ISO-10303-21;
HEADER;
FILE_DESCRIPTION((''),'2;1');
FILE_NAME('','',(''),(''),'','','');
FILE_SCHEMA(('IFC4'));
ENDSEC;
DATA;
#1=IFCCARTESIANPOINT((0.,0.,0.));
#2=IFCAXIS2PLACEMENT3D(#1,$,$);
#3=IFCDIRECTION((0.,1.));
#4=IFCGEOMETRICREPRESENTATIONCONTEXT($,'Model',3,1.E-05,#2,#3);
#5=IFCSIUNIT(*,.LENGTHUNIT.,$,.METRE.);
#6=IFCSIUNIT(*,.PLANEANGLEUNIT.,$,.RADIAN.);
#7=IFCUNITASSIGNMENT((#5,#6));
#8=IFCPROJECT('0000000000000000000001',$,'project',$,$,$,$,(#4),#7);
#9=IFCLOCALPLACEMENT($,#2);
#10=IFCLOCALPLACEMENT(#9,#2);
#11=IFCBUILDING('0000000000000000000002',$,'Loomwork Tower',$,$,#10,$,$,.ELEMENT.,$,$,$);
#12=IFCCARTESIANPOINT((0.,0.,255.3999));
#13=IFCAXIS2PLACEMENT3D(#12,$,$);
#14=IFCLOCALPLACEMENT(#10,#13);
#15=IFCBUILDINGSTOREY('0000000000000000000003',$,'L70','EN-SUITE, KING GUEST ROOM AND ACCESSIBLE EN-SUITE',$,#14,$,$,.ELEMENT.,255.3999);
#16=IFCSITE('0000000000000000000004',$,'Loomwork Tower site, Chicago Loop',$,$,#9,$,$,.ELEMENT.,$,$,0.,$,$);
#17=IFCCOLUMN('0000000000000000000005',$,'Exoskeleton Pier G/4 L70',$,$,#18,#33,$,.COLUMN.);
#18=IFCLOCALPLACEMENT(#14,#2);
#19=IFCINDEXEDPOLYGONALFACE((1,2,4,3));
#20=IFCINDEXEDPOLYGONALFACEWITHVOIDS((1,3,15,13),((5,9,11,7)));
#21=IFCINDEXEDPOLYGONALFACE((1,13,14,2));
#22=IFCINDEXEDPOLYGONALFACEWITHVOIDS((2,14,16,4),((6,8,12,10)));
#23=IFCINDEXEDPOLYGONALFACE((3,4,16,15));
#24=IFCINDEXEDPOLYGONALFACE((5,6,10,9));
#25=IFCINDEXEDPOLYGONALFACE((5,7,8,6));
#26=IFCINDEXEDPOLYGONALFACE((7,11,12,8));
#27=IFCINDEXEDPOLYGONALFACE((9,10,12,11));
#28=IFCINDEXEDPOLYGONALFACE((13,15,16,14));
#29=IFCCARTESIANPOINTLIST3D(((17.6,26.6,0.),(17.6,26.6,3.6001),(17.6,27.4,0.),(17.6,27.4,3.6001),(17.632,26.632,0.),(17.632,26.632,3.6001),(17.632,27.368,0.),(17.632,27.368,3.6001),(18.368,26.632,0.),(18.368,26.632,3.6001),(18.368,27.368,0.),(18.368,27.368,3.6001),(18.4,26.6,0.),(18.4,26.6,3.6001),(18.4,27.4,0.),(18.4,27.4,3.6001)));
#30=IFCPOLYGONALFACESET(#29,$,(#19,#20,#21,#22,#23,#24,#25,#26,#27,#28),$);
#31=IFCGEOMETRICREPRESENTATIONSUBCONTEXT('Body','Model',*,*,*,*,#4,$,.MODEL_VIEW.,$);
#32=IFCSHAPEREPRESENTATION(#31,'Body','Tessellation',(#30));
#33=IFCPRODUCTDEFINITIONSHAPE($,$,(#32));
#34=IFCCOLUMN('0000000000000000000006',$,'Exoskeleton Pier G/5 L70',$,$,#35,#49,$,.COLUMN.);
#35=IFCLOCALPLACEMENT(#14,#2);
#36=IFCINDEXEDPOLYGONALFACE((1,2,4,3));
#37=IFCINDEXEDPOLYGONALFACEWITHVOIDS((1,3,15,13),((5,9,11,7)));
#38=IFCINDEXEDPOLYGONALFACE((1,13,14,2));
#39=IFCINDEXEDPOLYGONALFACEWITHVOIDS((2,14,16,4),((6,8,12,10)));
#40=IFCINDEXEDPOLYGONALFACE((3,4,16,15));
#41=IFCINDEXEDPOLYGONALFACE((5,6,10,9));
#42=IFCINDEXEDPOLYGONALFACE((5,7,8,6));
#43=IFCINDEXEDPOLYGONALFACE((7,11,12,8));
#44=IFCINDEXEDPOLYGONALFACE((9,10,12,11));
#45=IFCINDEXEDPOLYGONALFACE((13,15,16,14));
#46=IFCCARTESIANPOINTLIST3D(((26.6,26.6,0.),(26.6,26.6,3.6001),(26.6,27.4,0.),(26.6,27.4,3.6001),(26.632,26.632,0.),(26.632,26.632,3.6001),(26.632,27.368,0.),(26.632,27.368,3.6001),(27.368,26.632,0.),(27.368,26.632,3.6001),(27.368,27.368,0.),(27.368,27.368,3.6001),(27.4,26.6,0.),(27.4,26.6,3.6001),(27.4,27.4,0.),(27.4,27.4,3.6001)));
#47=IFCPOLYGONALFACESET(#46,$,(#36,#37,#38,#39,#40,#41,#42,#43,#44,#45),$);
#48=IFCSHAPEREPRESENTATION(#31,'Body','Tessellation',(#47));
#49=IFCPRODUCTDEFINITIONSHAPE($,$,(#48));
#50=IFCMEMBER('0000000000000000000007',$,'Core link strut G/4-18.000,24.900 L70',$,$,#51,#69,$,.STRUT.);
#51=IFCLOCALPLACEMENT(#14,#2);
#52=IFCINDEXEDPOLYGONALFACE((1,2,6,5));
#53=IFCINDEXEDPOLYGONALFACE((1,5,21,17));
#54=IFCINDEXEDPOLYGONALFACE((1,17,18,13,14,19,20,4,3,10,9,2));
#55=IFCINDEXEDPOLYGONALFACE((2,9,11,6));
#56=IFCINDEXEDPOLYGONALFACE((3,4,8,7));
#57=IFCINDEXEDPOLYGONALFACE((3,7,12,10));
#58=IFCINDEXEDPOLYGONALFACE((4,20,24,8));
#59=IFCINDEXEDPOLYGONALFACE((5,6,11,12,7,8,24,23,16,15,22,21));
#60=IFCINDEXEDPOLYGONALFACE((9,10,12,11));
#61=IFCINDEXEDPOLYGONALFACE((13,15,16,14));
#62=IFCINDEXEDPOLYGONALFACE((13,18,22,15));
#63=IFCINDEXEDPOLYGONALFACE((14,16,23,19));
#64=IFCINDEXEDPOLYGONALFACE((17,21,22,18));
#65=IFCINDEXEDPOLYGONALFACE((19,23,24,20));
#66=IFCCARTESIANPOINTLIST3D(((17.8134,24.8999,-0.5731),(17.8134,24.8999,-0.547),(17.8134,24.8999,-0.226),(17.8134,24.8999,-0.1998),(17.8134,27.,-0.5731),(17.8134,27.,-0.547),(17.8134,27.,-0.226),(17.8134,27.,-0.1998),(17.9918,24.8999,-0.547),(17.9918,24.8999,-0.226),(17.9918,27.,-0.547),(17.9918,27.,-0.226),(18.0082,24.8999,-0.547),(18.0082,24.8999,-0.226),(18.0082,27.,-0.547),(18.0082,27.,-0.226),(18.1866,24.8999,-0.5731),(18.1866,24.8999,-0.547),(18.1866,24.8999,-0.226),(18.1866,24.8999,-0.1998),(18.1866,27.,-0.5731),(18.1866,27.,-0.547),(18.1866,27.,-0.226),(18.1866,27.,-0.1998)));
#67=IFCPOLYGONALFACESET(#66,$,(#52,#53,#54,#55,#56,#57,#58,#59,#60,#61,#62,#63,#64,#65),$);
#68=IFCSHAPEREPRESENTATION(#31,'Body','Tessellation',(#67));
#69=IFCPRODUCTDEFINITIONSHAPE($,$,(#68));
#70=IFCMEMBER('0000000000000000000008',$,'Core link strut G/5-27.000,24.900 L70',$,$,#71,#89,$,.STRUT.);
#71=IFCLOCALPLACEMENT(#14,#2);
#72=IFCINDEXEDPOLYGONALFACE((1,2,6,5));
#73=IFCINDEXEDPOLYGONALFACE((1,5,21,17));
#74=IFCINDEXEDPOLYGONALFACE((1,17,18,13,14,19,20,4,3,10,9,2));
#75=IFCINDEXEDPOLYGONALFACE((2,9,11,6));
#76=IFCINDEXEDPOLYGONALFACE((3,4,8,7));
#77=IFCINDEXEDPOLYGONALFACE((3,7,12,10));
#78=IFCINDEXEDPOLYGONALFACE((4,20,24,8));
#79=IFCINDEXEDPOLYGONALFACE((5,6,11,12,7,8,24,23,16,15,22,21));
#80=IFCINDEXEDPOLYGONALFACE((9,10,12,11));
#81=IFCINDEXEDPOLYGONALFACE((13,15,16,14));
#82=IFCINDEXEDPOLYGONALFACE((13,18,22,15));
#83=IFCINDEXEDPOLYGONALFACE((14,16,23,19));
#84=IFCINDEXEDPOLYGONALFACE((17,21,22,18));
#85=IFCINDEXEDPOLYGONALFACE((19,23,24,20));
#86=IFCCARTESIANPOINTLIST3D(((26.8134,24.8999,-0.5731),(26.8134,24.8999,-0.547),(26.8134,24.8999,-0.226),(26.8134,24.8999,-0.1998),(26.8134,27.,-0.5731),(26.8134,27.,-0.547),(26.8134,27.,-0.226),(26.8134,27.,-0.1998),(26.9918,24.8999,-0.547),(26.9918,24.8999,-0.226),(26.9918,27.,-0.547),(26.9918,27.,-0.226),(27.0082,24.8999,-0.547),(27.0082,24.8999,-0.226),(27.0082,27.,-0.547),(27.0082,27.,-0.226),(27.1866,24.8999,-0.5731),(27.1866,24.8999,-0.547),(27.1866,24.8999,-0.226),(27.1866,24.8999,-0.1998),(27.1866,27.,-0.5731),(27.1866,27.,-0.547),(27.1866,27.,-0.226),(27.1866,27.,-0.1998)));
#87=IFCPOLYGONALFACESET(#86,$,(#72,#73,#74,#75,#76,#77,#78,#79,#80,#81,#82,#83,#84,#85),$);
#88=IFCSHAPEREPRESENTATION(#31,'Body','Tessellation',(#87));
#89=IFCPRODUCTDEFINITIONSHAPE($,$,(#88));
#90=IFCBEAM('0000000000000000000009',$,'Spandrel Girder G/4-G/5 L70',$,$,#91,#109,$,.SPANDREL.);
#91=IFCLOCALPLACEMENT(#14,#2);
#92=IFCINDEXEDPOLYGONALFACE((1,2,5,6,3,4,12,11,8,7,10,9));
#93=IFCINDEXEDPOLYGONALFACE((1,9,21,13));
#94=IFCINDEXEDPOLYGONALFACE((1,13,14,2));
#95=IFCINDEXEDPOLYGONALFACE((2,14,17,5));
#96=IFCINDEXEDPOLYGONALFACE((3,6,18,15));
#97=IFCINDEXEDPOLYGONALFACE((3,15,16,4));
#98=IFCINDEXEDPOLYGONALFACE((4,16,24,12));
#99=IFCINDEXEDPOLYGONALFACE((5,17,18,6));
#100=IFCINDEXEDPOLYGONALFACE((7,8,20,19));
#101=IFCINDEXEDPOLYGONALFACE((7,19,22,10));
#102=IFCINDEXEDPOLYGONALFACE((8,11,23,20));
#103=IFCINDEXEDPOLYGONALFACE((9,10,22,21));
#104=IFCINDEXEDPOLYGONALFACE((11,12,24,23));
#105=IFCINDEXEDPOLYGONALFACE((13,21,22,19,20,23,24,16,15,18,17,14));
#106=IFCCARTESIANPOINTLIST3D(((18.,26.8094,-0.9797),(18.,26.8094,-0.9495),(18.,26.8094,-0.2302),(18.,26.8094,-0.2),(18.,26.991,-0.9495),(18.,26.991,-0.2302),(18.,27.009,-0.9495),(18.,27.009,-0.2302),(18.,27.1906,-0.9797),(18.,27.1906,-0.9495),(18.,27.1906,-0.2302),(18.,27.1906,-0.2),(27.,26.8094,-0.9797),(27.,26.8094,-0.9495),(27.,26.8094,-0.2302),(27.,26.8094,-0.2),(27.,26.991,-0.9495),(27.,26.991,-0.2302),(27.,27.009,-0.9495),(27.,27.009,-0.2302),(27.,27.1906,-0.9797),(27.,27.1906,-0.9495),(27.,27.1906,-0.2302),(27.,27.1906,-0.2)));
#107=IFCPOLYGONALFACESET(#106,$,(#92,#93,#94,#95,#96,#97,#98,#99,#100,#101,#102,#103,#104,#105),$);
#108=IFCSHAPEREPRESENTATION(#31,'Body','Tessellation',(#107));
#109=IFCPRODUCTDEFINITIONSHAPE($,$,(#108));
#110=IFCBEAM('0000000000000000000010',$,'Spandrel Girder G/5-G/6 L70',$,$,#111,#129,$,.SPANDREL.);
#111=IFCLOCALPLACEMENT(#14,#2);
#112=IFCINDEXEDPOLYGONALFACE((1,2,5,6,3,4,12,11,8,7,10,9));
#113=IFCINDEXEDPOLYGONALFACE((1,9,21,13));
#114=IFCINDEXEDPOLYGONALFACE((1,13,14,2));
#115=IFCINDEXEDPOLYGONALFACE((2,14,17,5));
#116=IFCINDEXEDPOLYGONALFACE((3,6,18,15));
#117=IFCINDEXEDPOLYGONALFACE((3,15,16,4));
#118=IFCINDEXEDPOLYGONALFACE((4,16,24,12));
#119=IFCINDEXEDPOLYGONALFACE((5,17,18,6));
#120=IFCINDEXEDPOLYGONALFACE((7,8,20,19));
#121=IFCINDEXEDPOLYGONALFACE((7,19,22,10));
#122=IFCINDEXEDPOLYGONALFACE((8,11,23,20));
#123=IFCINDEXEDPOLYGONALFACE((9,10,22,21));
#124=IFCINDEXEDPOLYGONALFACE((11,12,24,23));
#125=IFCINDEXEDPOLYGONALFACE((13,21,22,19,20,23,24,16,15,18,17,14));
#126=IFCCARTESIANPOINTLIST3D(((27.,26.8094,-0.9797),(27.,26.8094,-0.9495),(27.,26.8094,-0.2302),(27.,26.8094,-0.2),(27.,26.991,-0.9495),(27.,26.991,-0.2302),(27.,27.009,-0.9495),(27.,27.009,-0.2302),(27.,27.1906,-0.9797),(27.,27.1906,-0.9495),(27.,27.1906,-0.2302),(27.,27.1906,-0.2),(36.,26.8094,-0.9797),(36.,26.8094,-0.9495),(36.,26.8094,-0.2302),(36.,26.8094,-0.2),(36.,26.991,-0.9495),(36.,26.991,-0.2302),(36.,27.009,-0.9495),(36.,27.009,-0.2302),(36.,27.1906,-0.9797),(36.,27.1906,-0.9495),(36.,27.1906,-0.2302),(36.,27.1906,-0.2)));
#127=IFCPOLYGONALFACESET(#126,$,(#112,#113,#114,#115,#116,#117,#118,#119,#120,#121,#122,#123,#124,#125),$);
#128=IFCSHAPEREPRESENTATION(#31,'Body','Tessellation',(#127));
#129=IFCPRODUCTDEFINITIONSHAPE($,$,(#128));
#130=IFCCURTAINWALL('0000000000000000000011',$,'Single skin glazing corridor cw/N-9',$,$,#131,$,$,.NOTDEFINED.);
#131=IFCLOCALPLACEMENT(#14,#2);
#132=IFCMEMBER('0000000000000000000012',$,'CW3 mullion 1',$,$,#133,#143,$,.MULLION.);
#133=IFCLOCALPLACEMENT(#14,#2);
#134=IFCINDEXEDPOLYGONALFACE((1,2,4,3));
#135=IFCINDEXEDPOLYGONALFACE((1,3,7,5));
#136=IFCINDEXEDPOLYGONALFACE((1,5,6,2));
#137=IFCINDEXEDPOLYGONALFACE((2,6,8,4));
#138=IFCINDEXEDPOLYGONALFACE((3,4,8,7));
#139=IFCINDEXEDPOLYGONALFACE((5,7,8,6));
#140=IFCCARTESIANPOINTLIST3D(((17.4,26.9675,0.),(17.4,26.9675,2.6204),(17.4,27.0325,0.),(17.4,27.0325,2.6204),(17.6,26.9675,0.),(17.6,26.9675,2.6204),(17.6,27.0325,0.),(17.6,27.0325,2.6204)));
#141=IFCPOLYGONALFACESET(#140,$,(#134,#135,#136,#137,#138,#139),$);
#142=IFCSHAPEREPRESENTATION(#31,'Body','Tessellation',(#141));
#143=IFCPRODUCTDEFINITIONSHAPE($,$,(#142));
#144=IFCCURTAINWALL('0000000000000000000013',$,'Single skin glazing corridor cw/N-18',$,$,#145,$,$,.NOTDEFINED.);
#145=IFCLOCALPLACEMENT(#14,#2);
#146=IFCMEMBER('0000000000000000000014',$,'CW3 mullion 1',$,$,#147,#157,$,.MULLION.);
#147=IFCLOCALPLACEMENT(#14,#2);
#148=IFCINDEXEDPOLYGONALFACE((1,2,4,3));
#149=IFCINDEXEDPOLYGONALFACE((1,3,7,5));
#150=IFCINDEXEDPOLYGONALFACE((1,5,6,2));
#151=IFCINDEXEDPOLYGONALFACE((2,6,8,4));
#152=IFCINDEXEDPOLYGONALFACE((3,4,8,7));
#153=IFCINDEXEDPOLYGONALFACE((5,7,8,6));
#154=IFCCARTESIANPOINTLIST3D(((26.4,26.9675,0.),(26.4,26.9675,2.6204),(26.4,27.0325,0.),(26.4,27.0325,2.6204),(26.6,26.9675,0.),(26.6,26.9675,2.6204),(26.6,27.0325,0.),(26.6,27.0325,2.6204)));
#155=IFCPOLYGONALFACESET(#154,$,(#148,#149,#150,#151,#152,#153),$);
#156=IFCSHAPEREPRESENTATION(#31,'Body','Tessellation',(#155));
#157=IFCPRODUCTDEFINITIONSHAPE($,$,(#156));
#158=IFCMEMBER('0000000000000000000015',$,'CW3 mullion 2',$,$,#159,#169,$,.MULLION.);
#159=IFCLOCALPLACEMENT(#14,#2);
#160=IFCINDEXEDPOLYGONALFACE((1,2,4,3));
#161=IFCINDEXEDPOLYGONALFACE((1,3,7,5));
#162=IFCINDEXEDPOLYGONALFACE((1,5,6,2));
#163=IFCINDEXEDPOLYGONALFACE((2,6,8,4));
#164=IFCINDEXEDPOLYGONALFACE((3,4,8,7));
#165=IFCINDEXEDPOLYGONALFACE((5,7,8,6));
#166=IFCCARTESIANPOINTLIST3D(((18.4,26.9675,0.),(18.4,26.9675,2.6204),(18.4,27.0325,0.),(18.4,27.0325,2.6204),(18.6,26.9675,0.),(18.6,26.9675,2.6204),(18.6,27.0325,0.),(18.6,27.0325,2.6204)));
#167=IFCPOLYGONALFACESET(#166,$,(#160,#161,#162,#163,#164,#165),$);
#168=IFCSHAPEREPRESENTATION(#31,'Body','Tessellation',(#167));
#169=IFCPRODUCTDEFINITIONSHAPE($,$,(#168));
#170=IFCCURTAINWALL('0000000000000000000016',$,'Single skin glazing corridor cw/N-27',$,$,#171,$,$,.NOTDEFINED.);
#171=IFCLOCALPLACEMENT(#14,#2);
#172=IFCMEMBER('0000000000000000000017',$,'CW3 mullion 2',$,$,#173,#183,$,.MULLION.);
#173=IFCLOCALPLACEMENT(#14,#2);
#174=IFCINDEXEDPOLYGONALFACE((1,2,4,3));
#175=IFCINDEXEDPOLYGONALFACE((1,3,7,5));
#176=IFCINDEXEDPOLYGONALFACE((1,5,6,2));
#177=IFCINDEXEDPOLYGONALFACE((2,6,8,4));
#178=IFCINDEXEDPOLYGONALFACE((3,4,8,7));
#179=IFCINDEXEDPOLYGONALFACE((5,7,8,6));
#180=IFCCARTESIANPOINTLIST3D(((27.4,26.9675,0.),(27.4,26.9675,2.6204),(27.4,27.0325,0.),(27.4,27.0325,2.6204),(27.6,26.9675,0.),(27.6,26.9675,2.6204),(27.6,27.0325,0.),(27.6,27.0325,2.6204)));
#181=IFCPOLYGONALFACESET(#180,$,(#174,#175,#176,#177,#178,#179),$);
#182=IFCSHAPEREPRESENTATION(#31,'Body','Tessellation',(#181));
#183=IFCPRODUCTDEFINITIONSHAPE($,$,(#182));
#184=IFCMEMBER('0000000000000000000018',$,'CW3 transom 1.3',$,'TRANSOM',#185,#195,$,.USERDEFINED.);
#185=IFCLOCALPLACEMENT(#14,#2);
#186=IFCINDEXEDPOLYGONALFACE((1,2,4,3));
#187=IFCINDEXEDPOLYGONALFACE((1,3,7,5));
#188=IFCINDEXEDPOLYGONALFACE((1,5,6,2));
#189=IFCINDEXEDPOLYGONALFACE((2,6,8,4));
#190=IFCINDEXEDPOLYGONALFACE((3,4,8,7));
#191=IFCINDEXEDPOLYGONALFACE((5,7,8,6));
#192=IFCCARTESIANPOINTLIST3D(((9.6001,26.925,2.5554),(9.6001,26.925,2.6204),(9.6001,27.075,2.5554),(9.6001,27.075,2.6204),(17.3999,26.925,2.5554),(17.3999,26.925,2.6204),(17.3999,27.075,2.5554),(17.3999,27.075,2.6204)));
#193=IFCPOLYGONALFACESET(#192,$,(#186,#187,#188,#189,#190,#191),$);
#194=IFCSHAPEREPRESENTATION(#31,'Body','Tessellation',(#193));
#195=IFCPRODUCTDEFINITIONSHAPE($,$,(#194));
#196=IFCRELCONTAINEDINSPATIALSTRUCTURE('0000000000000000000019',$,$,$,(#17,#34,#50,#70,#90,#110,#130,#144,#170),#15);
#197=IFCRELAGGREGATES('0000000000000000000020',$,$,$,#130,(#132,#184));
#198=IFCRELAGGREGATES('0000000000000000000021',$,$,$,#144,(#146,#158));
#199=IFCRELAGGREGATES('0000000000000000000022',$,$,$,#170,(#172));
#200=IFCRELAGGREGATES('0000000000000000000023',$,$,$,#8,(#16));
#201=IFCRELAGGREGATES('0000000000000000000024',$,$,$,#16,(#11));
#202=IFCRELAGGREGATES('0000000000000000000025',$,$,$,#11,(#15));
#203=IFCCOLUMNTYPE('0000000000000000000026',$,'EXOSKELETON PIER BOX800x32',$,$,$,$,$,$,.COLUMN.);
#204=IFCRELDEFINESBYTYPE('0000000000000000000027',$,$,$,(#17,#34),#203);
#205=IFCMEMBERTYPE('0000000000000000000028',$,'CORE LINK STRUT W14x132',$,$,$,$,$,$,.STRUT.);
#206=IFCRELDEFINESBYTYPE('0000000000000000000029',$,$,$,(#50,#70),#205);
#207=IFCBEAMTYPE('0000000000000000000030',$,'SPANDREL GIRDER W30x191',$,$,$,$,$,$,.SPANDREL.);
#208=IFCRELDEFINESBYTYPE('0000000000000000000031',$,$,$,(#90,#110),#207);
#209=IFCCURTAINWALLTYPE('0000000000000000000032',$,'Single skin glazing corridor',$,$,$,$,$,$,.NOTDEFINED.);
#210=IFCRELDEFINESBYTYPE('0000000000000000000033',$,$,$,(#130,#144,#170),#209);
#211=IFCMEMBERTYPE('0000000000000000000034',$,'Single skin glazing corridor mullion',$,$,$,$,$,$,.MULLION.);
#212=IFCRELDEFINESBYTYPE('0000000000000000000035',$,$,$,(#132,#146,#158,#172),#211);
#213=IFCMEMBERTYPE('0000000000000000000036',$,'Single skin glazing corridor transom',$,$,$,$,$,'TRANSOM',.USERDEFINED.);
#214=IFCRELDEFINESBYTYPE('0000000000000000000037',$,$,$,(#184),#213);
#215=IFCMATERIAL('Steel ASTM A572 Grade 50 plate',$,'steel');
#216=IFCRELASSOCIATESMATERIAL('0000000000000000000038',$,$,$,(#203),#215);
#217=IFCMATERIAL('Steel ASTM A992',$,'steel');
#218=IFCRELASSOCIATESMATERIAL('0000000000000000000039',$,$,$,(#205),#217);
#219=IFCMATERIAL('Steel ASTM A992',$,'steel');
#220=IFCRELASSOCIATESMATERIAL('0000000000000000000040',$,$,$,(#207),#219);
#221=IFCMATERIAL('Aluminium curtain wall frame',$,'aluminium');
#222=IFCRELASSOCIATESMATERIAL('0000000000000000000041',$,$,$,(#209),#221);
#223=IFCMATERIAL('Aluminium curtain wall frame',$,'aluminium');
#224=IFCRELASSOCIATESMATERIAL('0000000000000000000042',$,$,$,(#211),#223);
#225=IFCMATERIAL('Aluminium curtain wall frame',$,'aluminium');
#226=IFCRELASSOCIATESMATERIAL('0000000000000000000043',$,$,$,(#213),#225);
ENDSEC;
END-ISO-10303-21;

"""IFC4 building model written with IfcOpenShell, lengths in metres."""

from ifc_helpers import new_model, si_unit, direction, frame, origin, origin_2d, place, context, subcontext, project, spatial, rectangle, hollow_rectangle, i_section, extrude, material, material_profile, profile_set, type_object, element, aggregate, save


model = new_model("IFC4")

# Units and contexts
model_context = context("Model", 3, precision=1e-05, world=origin(), true_north=direction((0.0, 1.0)))
body_context = subcontext(model_context, "Body", "Model", "MODEL_VIEW")
ifc_project = project(units=[si_unit("LENGTHUNIT", "METRE"), si_unit("PLANEANGLEUNIT", "RADIAN")], contexts=[model_context])

# Site, building, storey
site_placement = place(None, origin())
site = spatial("IfcSite", under=ifc_project, at=site_placement, Name="Loomwork Tower site, Chicago Loop", CompositionType="ELEMENT", RefElevation=0.0)
building_placement = place(site_placement, origin())
building = spatial("IfcBuilding", under=site, at=building_placement, Name="Loomwork Tower", CompositionType="ELEMENT")
storey_placement = place(building_placement, frame((0.0, 0.0, 255.3999)))
storey = spatial("IfcBuildingStorey", under=building, at=storey_placement, Name="L70", Description="EN-SUITE, KING GUEST ROOM AND ACCESSIBLE EN-SUITE", CompositionType="ELEMENT", Elevation=255.3999)

# Columns
ifc_material_1 = material(Name="Steel ASTM A572 Grade 50 plate", Category="steel")
ifc_material_profile_1 = material_profile(ifc_material_1, hollow_rectangle(XDim=0.8, YDim=0.8, WallThickness=0.032, at=origin_2d()), Name="BOX800x32")
ifc_profile_set_1 = profile_set([ifc_material_profile_1], Name="Steel ASTM A572 Grade 50 plate")
column_type = type_object("IfcColumnType", Name="EXOSKELETON PIER BOX800x32", PredefinedType="COLUMN", material=ifc_profile_set_1)
for number, where, z_axis, x_axis, name in (
    (1, (18.0, 27.0, 0.0), (0.0, 0.0, 1.0), (1.0, 0.0, 0.0), "Exoskeleton Pier G/4 L70"),
    (2, (27.0, 27.0, 0.0), (0.0, 0.0, 1.0), (1.0, 0.0, 0.0), "Exoskeleton Pier G/5 L70"),
):
    element("IfcColumn", number, at=place(storey_placement, frame(where, z_axis=z_axis, x_axis=x_axis)), inside=storey, type_object=column_type, Name=name, PredefinedType="COLUMN", context=body_context, shape_type="SweptSolid", body=[
        extrude(hollow_rectangle(XDim=0.8, YDim=0.8, WallThickness=0.032, at=origin_2d()), origin(), (0.0, 0.0, 1.0), 3.6001),
    ])

# Members
ifc_material_2 = material(Name="Steel ASTM A992", Category="steel")
ifc_material_profile_2 = material_profile(ifc_material_2, i_section(OverallWidth=0.3733, OverallDepth=0.3733, WebThickness=0.0164, FlangeThickness=0.0261, at=origin_2d()), Name="W14x132")
ifc_profile_set_2 = profile_set([ifc_material_profile_2], Name="Steel ASTM A992")
member_type_1 = type_object("IfcMemberType", Name="CORE LINK STRUT W14x132", PredefinedType="STRUT", material=ifc_profile_set_2)
for number, where, z_axis, x_axis, name in (
    (3, (18.0, 27.0, -0.3865), (0.0, -1.0, 0.0), (1.0, 0.0, 0.0), "Core link strut G/4-18.000,24.900 L70"),
    (4, (27.0, 27.0, -0.3865), (0.0, -1.0, 0.0), (1.0, 0.0, 0.0), "Core link strut G/5-27.000,24.900 L70"),
):
    element("IfcMember", number, at=place(storey_placement, frame(where, z_axis=z_axis, x_axis=x_axis)), inside=storey, type_object=member_type_1, Name=name, PredefinedType="STRUT", context=body_context, shape_type="SweptSolid", body=[
        extrude(i_section(OverallWidth=0.3733, OverallDepth=0.3733, WebThickness=0.0164, FlangeThickness=0.0261, at=origin_2d()), origin(), (0.0, 0.0, 1.0), 2.1001),
    ])

# Beams
ifc_material_3 = material(Name="Steel ASTM A992", Category="steel")
ifc_material_profile_3 = material_profile(ifc_material_3, i_section(OverallWidth=0.3811, OverallDepth=0.7798, WebThickness=0.0181, FlangeThickness=0.0303, at=origin_2d()), Name="W30x191")
ifc_profile_set_3 = profile_set([ifc_material_profile_3], Name="Steel ASTM A992")
beam_type = type_object("IfcBeamType", Name="SPANDREL GIRDER W30x191", PredefinedType="SPANDREL", material=ifc_profile_set_3)
for number, where, z_axis, x_axis, name in (
    (5, (18.0, 27.0, -0.5898), (1.0, 0.0, 0.0), (0.0, 1.0, 0.0), "Spandrel Girder G/4-G/5 L70"),
    (6, (27.0, 27.0, -0.5898), (1.0, 0.0, 0.0), (0.0, 1.0, 0.0), "Spandrel Girder G/5-G/6 L70"),
):
    element("IfcBeam", number, at=place(storey_placement, frame(where, z_axis=z_axis, x_axis=x_axis)), inside=storey, type_object=beam_type, Name=name, PredefinedType="SPANDREL", context=body_context, shape_type="SweptSolid", body=[
        extrude(i_section(OverallWidth=0.3811, OverallDepth=0.7798, WebThickness=0.0181, FlangeThickness=0.0303, at=origin_2d()), origin(), (0.0, 0.0, 1.0), 9.0),
    ])

# Curtain wall, member
ifc_material_4 = material(Name="Aluminium curtain wall frame", Category="aluminium")
curtain_wall_type = type_object("IfcCurtainWallType", Name="Single skin glazing corridor", PredefinedType="NOTDEFINED", material=ifc_material_4)
curtain_wall_1_placement = place(storey_placement, origin())
curtain_wall_1 = element("IfcCurtainWall", 7, at=curtain_wall_1_placement, inside=storey, type_object=curtain_wall_type, Name="Single skin glazing corridor cw/N-9", PredefinedType="NOTDEFINED")
ifc_material_5 = material(Name="Aluminium curtain wall frame", Category="aluminium")
ifc_material_profile_4 = material_profile(ifc_material_5, rectangle(XDim=0.0649, YDim=0.2, at=origin_2d()), Name="AL 65x200")
ifc_profile_set_4 = profile_set([ifc_material_profile_4], Name="Aluminium curtain wall frame")
member_type_2 = type_object("IfcMemberType", Name="Single skin glazing corridor mullion", PredefinedType="MULLION", material=ifc_profile_set_4)
member_1_placement = place(storey_placement, frame((17.5, 27.0, 0.0), z_axis=(0.0, 0.0, 1.0), x_axis=(0.0, -1.0, 0.0)))
member_1 = element("IfcMember", 8, at=member_1_placement, type_object=member_type_2, Name="CW3 mullion 1", PredefinedType="MULLION", context=body_context, shape_type="SweptSolid", body=[
    extrude(rectangle(XDim=0.0649, YDim=0.2, at=origin_2d()), origin(), (0.0, 0.0, 1.0), 2.6204),
])

# Curtain wall, members
curtain_wall_2_placement = place(storey_placement, origin())
curtain_wall_2 = element("IfcCurtainWall", 9, at=curtain_wall_2_placement, inside=storey, type_object=curtain_wall_type, Name="Single skin glazing corridor cw/N-18", PredefinedType="NOTDEFINED")
member_2_placement = place(storey_placement, frame((26.5, 27.0, 0.0), z_axis=(0.0, 0.0, 1.0), x_axis=(0.0, -1.0, 0.0)))
member_2 = element("IfcMember", 10, at=member_2_placement, type_object=member_type_2, Name="CW3 mullion 1", PredefinedType="MULLION", context=body_context, shape_type="SweptSolid", body=[
    extrude(rectangle(XDim=0.0649, YDim=0.2, at=origin_2d()), origin(), (0.0, 0.0, 1.0), 2.6204),
])
member_3_placement = place(storey_placement, frame((18.5, 27.0, 0.0), z_axis=(0.0, 0.0, 1.0), x_axis=(0.0, -1.0, 0.0)))
member_3 = element("IfcMember", 11, at=member_3_placement, type_object=member_type_2, Name="CW3 mullion 2", PredefinedType="MULLION", context=body_context, shape_type="SweptSolid", body=[
    extrude(rectangle(XDim=0.0649, YDim=0.2, at=origin_2d()), origin(), (0.0, 0.0, 1.0), 2.6204),
])

# Curtain wall, member
curtain_wall_3_placement = place(storey_placement, origin())
curtain_wall_3 = element("IfcCurtainWall", 12, at=curtain_wall_3_placement, inside=storey, type_object=curtain_wall_type, Name="Single skin glazing corridor cw/N-27", PredefinedType="NOTDEFINED")
member_4_placement = place(storey_placement, frame((27.5, 27.0, 0.0), z_axis=(0.0, 0.0, 1.0), x_axis=(0.0, -1.0, 0.0)))
member_4 = element("IfcMember", 13, at=member_4_placement, type_object=member_type_2, Name="CW3 mullion 2", PredefinedType="MULLION", context=body_context, shape_type="SweptSolid", body=[
    extrude(rectangle(XDim=0.0649, YDim=0.2, at=origin_2d()), origin(), (0.0, 0.0, 1.0), 2.6204),
])

# Member
ifc_material_6 = material(Name="Aluminium curtain wall frame", Category="aluminium")
ifc_material_profile_5 = material_profile(ifc_material_6, rectangle(XDim=0.1499, YDim=0.0649, at=origin_2d()), Name="AL 65x150")
ifc_profile_set_5 = profile_set([ifc_material_profile_5], Name="Aluminium curtain wall frame")
member_type_3 = type_object("IfcMemberType", Name="Single skin glazing corridor transom", ElementType="TRANSOM", PredefinedType="USERDEFINED", material=ifc_profile_set_5)
member_5_placement = place(storey_placement, frame((17.3999, 27.0, 2.5879), z_axis=(-1.0, 0.0, 0.0), x_axis=(0.0, -1.0, 0.0)))
member_5 = element("IfcMember", 14, at=member_5_placement, type_object=member_type_3, Name="CW3 transom 1.3", ObjectType="TRANSOM", PredefinedType="USERDEFINED", context=body_context, shape_type="SweptSolid", body=[
    extrude(rectangle(XDim=0.1499, YDim=0.0649, at=origin_2d()), origin(), (0.0, 0.0, 1.0), 7.7998),
])
aggregate(curtain_wall_1, [member_1, member_5])

aggregate(curtain_wall_2, [member_2, member_3])
aggregate(curtain_wall_3, [member_4])

save(model, "model.ifc")
